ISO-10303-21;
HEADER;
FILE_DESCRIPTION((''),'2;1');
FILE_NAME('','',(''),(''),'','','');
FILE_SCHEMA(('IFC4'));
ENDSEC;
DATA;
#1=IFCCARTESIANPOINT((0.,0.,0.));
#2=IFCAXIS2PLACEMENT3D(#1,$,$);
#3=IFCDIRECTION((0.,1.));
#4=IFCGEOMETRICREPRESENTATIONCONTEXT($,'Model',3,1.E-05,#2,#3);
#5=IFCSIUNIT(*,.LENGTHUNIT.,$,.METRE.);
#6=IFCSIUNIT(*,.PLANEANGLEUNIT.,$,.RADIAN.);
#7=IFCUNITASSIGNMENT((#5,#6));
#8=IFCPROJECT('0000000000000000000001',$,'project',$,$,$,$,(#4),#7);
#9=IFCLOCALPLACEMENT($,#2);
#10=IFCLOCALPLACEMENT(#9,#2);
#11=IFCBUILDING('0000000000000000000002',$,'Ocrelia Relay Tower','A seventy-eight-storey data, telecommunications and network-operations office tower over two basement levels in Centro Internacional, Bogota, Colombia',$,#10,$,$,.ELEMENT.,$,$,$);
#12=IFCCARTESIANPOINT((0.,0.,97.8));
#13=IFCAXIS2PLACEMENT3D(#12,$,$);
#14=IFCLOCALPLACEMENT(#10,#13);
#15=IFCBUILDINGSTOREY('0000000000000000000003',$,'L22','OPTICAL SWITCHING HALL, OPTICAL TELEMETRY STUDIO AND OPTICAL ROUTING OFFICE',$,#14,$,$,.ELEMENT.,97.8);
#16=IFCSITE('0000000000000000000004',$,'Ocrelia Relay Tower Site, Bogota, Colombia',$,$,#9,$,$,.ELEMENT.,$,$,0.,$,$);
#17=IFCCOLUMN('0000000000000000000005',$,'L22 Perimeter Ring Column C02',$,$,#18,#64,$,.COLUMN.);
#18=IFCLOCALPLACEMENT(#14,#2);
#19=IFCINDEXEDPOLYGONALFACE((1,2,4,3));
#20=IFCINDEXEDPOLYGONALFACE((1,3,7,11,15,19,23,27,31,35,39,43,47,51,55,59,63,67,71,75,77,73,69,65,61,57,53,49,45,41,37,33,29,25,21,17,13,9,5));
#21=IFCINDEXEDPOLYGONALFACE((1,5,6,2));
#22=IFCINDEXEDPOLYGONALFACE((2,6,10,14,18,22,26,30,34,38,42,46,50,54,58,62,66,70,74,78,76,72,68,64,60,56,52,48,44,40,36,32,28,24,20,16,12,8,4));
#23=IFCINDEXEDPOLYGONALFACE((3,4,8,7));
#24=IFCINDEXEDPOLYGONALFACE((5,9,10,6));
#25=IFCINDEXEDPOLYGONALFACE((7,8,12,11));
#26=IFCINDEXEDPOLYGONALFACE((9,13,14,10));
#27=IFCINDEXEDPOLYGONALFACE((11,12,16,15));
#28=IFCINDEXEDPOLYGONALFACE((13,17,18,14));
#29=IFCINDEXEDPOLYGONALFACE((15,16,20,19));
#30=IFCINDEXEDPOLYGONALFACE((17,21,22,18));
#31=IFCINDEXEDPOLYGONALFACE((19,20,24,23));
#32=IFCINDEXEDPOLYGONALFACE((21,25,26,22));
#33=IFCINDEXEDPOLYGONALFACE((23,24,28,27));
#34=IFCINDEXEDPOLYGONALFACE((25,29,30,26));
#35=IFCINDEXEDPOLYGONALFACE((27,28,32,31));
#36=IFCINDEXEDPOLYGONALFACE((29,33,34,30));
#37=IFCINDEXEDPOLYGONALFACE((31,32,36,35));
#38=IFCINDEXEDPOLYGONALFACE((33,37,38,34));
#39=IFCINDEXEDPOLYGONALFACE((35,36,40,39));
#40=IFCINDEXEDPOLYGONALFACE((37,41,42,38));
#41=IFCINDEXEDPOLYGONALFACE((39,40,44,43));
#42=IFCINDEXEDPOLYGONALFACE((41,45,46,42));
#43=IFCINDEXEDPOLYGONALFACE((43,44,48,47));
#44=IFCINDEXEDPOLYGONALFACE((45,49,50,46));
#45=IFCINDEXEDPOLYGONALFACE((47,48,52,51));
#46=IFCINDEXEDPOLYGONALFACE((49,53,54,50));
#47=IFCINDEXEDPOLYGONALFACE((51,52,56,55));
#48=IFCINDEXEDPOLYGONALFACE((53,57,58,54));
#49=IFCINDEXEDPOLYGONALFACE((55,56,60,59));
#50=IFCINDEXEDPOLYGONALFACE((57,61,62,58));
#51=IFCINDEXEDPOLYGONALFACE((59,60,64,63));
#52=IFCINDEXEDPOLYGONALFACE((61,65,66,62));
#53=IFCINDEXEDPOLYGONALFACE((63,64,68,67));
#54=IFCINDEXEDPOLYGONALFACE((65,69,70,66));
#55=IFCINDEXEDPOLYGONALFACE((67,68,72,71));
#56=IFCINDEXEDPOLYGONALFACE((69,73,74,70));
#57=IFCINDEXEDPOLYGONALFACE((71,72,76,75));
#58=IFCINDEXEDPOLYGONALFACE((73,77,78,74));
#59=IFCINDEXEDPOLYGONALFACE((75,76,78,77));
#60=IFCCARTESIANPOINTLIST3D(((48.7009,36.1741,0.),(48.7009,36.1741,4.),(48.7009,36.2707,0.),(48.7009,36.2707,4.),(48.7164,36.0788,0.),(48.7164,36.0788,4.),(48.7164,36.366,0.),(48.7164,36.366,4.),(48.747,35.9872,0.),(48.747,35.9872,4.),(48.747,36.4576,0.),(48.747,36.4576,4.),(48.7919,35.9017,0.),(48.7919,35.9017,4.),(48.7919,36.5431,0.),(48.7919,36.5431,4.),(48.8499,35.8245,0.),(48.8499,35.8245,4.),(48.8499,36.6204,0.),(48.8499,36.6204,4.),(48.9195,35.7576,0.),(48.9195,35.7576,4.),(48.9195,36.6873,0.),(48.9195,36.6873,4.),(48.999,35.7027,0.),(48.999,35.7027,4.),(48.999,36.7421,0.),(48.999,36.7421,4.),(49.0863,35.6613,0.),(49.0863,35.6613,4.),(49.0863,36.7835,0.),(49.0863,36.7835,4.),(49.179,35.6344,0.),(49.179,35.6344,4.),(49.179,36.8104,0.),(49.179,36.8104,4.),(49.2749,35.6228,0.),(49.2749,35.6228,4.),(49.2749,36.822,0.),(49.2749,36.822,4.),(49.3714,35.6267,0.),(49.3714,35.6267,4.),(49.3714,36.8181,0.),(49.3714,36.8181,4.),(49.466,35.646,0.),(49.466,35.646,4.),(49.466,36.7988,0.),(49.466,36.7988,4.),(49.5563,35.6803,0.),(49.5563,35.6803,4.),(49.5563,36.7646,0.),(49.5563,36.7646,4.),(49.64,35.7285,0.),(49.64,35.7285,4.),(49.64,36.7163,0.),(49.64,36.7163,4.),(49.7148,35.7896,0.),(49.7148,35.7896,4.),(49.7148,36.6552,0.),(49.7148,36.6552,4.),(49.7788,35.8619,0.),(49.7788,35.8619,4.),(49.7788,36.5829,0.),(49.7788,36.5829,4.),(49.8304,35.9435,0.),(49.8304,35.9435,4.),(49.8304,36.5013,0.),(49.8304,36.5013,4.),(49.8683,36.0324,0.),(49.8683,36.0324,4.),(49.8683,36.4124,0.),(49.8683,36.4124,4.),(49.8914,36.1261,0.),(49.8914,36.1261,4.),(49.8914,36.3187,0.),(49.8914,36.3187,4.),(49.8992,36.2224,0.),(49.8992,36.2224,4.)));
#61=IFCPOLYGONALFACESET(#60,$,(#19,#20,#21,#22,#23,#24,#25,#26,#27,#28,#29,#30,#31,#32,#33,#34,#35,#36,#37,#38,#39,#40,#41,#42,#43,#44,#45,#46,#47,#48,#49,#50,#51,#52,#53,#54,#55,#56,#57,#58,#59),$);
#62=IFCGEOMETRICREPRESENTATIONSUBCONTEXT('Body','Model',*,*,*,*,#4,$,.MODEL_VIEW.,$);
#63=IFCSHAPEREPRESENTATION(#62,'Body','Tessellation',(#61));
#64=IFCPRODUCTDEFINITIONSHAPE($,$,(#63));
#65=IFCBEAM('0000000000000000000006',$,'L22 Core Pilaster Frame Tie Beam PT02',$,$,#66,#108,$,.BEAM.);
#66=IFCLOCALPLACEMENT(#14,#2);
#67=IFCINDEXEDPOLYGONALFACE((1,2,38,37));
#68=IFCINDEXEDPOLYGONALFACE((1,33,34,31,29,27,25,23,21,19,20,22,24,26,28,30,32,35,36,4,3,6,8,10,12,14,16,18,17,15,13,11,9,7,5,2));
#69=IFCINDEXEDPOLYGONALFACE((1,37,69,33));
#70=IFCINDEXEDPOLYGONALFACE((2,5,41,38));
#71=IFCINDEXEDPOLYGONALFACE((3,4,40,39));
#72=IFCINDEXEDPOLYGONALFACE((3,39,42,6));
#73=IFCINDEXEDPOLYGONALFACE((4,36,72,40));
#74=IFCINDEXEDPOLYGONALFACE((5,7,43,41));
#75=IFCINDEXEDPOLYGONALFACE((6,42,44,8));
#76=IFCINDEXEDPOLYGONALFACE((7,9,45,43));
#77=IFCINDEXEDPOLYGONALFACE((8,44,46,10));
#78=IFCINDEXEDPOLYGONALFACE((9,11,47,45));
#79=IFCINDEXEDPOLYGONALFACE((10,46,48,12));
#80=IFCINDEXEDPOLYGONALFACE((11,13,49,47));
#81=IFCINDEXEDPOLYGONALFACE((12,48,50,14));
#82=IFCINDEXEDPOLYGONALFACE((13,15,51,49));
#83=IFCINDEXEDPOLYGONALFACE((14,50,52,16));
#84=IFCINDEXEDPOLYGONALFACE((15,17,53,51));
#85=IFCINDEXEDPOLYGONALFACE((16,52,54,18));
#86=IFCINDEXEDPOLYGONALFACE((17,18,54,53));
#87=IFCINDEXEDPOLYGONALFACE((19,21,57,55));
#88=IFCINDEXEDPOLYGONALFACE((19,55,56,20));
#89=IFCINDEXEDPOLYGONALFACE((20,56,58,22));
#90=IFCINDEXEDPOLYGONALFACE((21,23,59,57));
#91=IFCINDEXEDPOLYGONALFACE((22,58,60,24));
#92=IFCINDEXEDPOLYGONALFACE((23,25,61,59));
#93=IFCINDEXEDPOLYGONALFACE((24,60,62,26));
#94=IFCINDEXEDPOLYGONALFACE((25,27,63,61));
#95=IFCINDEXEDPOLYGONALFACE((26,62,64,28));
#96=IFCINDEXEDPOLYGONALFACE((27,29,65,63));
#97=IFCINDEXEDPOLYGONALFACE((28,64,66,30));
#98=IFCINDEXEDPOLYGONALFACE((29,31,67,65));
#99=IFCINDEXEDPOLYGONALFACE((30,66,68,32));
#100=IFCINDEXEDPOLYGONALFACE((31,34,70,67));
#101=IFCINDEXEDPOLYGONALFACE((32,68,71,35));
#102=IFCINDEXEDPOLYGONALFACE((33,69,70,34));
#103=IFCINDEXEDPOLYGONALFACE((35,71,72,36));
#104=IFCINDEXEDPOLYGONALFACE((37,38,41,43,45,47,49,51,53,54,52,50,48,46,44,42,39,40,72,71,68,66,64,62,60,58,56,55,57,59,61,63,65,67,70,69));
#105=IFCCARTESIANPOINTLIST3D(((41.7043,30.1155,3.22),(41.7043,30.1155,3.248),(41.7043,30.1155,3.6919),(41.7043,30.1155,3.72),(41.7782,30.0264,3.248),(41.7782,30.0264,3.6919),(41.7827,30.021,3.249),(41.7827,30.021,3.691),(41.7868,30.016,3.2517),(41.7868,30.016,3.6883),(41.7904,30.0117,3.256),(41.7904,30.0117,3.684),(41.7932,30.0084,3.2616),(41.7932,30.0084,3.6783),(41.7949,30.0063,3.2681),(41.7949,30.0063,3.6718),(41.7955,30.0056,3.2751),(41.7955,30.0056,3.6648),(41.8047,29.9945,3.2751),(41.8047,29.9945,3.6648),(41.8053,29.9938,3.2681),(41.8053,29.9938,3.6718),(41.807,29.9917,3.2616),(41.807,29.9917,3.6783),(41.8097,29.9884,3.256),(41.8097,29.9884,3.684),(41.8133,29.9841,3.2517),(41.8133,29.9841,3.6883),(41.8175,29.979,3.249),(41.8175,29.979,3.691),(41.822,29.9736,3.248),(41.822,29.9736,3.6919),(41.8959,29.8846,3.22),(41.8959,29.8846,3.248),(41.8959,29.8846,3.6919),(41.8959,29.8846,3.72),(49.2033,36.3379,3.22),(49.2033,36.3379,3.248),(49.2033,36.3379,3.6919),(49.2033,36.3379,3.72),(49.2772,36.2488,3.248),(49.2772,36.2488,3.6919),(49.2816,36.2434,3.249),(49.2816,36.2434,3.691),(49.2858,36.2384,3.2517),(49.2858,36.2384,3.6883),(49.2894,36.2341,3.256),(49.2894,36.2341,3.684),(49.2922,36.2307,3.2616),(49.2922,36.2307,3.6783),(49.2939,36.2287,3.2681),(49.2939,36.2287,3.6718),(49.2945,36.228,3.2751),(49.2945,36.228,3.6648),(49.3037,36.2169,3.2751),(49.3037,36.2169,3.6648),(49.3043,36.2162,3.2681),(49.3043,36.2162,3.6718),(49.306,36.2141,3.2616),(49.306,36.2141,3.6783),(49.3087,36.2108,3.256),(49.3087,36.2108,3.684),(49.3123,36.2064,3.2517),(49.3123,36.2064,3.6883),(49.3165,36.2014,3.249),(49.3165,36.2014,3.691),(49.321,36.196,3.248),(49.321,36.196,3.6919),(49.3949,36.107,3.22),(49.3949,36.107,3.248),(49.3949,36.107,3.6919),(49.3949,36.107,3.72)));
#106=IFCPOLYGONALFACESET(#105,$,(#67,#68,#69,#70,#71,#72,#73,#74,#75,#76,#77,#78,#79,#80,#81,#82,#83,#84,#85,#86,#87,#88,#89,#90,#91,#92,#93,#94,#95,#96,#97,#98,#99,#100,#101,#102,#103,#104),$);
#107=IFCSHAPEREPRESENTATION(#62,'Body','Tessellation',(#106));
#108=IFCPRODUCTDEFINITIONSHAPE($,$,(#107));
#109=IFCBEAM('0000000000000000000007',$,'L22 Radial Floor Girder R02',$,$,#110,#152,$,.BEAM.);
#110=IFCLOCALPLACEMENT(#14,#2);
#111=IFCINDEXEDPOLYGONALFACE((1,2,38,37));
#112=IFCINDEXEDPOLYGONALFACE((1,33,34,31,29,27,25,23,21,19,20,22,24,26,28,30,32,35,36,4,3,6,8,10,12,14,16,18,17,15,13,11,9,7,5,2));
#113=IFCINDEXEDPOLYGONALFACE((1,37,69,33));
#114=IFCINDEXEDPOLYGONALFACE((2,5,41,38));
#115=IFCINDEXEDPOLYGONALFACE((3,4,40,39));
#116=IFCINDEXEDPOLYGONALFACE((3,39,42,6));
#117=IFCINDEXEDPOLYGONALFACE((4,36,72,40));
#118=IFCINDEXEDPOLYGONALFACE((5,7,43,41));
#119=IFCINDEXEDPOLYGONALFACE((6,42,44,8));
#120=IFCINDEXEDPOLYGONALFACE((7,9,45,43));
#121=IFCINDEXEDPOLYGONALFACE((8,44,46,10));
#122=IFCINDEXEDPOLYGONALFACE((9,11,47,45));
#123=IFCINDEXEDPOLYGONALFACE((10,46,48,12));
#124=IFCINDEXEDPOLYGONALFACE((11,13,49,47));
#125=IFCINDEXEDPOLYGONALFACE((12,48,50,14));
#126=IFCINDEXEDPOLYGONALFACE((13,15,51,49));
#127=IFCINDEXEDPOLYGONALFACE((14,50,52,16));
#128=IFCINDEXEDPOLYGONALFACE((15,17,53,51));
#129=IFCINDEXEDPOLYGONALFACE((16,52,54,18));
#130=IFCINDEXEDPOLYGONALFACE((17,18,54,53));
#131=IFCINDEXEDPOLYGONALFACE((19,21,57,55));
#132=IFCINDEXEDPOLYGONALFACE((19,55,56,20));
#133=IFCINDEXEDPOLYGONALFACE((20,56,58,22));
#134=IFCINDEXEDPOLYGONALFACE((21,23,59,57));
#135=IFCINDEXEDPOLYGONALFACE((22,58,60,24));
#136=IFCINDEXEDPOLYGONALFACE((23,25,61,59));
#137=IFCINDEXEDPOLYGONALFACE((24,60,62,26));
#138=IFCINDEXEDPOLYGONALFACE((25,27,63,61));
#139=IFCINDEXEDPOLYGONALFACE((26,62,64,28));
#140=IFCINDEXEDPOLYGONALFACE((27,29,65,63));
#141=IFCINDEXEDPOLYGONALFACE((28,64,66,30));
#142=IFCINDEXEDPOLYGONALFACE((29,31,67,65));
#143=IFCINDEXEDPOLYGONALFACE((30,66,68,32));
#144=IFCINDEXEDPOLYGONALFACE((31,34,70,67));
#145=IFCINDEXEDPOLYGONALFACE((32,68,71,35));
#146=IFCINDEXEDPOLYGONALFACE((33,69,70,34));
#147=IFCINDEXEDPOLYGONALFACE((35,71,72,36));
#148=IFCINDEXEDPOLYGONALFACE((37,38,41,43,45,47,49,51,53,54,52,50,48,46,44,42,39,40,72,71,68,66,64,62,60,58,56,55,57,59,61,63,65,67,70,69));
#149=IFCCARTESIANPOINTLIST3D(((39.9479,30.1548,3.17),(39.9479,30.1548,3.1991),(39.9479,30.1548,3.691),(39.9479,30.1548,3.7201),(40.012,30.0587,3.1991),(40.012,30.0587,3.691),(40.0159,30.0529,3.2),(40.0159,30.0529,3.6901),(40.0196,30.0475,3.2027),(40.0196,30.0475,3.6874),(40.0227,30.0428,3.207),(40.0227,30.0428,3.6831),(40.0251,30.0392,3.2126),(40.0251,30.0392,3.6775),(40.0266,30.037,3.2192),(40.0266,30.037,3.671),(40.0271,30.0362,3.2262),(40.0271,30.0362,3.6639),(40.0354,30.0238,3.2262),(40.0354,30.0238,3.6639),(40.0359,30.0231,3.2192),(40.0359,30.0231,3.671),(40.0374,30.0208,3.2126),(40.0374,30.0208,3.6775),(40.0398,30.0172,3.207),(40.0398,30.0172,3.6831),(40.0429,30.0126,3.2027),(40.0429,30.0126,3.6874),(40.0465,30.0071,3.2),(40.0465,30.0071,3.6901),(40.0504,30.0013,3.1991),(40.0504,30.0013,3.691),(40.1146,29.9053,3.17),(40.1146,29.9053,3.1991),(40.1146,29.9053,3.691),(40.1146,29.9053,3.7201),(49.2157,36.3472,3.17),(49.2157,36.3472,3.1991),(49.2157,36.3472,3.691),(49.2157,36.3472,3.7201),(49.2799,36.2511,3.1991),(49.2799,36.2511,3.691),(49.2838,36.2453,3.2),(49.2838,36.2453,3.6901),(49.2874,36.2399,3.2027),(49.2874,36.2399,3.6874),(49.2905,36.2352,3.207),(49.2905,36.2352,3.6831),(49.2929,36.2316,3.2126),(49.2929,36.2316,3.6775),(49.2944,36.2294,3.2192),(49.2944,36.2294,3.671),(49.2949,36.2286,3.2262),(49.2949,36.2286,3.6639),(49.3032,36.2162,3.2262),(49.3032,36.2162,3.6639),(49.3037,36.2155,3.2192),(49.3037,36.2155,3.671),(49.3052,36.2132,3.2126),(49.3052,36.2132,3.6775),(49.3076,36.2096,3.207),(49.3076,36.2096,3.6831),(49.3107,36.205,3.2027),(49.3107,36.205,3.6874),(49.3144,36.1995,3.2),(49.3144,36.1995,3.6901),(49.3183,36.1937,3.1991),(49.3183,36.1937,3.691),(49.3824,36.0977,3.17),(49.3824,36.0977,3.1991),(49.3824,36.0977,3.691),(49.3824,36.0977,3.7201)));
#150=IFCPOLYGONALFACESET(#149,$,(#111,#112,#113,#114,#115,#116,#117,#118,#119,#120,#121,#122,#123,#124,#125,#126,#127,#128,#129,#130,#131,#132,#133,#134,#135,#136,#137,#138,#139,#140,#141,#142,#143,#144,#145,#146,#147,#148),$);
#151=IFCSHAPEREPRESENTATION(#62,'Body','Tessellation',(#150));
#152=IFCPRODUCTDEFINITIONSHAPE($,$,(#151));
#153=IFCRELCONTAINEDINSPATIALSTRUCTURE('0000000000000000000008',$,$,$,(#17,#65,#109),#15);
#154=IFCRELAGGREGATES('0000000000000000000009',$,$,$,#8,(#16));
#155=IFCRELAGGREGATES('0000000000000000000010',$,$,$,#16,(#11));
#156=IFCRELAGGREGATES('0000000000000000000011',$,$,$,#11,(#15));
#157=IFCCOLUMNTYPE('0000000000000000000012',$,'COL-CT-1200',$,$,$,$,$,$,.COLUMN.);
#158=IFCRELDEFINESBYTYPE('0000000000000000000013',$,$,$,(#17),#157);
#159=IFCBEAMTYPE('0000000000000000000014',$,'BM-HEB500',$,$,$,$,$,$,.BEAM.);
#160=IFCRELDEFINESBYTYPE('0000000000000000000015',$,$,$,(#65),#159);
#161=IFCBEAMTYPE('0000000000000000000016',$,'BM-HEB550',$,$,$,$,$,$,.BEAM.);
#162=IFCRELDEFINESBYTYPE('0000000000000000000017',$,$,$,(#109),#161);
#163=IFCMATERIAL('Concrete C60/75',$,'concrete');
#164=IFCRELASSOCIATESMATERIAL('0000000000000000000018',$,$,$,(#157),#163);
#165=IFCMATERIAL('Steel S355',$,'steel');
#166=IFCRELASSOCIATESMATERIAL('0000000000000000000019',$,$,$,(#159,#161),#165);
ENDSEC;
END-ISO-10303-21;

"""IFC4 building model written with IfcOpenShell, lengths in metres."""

from ifc_helpers import new_model, si_unit, direction, frame, origin, origin_2d, place, context, subcontext, project, spatial, circle, i_section, extrude, material, material_profile, profile_set, type_object, element, save


model = new_model("IFC4")

# Units and contexts
model_context = context("Model", 3, precision=1e-05, world=origin(), true_north=direction((0.0, 1.0)))
body_context = subcontext(model_context, "Body", "Model", "MODEL_VIEW")
ifc_project = project(units=[si_unit("LENGTHUNIT", "METRE"), si_unit("PLANEANGLEUNIT", "RADIAN")], contexts=[model_context])

# Site, building, storey
site_placement = place(None, origin())
site = spatial("IfcSite", under=ifc_project, at=site_placement, Name="Ocrelia Relay Tower Site, Bogota, Colombia", CompositionType="ELEMENT", RefElevation=0.0)
building_placement = place(site_placement, origin())
building = spatial("IfcBuilding", under=site, at=building_placement, Name="Ocrelia Relay Tower", Description="A seventy-eight-storey data, telecommunications and network-operations office tower over two basement levels in Centro Internacional, Bogota, Colombia", CompositionType="ELEMENT")
storey_placement = place(building_placement, frame((0.0, 0.0, 97.8)))
storey = spatial("IfcBuildingStorey", under=building, at=storey_placement, Name="L22", Description="OPTICAL SWITCHING HALL, OPTICAL TELEMETRY STUDIO AND OPTICAL ROUTING OFFICE", CompositionType="ELEMENT", Elevation=97.8)

# Column
ifc_material_1 = material(Name="Concrete C60/75", Category="concrete")
ifc_material_profile_1 = material_profile(ifc_material_1, circle(Radius=0.6001, at=origin_2d()), Name="RC-CIR-1200")
ifc_profile_set_1 = profile_set([ifc_material_profile_1], Name="Concrete C60/75")
column_type = type_object("IfcColumnType", Name="COL-CT-1200", PredefinedType="COLUMN", material=ifc_profile_set_1)
column_placement = place(storey_placement, frame((49.2991, 36.2224, 0.0), z_axis=(0.0, 0.0, 1.0), x_axis=(1.0, 0.0, 0.0)))
element("IfcColumn", 1, at=column_placement, inside=storey, type_object=column_type, Name="L22 Perimeter Ring Column C02", PredefinedType="COLUMN", context=body_context, shape_type="SweptSolid", body=[
    extrude(circle(Radius=0.6001, at=origin_2d()), origin(), (0.0, 0.0, 1.0), 4.0),
])

# Beams
ifc_material_2 = material(Name="Steel S355", Category="steel")
ifc_material_profile_2 = material_profile(ifc_material_2, i_section(OverallWidth=0.3, OverallDepth=0.5, WebThickness=0.0144, FlangeThickness=0.0281, FilletRadius=0.0271, at=origin_2d()), Name="HEB 500")
ifc_profile_set_2 = profile_set([ifc_material_profile_2], Name="Steel S355")
beam_type_1 = type_object("IfcBeamType", Name="BM-HEB500", PredefinedType="BEAM", material=ifc_profile_set_2)
beam_1_placement = place(storey_placement, frame((49.2991, 36.2224, 3.47), z_axis=(-0.769571, -0.638561, 0.0), x_axis=(0.638561, -0.769571, 0.0)))
element("IfcBeam", 2, at=beam_1_placement, inside=storey, type_object=beam_type_1, Name="L22 Core Pilaster Frame Tie Beam PT02", PredefinedType="BEAM", context=body_context, shape_type="SweptSolid", body=[
    extrude(i_section(OverallWidth=0.3, OverallDepth=0.5, WebThickness=0.0144, FlangeThickness=0.0281, FilletRadius=0.0271, at=origin_2d()), origin(), (0.0, 0.0, 1.0), 9.7444),
])
ifc_material_profile_3 = material_profile(ifc_material_2, i_section(OverallWidth=0.3, OverallDepth=0.55, WebThickness=0.0149, FlangeThickness=0.0291, FilletRadius=0.0271, at=origin_2d()), Name="HEB 550")
ifc_profile_set_3 = profile_set([ifc_material_profile_3], Name="Steel S355")
beam_type_2 = type_object("IfcBeamType", Name="BM-HEB550", PredefinedType="BEAM", material=ifc_profile_set_3)
beam_2_placement = place(storey_placement, frame((49.2991, 36.2224, 3.4451), z_axis=(-0.831477, -0.555559, 0.0), x_axis=(0.555559, -0.831477, 0.0)))
element("IfcBeam", 3, at=beam_2_placement, inside=storey, type_object=beam_type_2, Name="L22 Radial Floor Girder R02", PredefinedType="BEAM", context=body_context, shape_type="SweptSolid", body=[
    extrude(i_section(OverallWidth=0.3, OverallDepth=0.55, WebThickness=0.0149, FlangeThickness=0.0291, FilletRadius=0.0271, at=origin_2d()), origin(), (0.0, 0.0, 1.0), 11.1462),
])

save(model, "model.ifc")
